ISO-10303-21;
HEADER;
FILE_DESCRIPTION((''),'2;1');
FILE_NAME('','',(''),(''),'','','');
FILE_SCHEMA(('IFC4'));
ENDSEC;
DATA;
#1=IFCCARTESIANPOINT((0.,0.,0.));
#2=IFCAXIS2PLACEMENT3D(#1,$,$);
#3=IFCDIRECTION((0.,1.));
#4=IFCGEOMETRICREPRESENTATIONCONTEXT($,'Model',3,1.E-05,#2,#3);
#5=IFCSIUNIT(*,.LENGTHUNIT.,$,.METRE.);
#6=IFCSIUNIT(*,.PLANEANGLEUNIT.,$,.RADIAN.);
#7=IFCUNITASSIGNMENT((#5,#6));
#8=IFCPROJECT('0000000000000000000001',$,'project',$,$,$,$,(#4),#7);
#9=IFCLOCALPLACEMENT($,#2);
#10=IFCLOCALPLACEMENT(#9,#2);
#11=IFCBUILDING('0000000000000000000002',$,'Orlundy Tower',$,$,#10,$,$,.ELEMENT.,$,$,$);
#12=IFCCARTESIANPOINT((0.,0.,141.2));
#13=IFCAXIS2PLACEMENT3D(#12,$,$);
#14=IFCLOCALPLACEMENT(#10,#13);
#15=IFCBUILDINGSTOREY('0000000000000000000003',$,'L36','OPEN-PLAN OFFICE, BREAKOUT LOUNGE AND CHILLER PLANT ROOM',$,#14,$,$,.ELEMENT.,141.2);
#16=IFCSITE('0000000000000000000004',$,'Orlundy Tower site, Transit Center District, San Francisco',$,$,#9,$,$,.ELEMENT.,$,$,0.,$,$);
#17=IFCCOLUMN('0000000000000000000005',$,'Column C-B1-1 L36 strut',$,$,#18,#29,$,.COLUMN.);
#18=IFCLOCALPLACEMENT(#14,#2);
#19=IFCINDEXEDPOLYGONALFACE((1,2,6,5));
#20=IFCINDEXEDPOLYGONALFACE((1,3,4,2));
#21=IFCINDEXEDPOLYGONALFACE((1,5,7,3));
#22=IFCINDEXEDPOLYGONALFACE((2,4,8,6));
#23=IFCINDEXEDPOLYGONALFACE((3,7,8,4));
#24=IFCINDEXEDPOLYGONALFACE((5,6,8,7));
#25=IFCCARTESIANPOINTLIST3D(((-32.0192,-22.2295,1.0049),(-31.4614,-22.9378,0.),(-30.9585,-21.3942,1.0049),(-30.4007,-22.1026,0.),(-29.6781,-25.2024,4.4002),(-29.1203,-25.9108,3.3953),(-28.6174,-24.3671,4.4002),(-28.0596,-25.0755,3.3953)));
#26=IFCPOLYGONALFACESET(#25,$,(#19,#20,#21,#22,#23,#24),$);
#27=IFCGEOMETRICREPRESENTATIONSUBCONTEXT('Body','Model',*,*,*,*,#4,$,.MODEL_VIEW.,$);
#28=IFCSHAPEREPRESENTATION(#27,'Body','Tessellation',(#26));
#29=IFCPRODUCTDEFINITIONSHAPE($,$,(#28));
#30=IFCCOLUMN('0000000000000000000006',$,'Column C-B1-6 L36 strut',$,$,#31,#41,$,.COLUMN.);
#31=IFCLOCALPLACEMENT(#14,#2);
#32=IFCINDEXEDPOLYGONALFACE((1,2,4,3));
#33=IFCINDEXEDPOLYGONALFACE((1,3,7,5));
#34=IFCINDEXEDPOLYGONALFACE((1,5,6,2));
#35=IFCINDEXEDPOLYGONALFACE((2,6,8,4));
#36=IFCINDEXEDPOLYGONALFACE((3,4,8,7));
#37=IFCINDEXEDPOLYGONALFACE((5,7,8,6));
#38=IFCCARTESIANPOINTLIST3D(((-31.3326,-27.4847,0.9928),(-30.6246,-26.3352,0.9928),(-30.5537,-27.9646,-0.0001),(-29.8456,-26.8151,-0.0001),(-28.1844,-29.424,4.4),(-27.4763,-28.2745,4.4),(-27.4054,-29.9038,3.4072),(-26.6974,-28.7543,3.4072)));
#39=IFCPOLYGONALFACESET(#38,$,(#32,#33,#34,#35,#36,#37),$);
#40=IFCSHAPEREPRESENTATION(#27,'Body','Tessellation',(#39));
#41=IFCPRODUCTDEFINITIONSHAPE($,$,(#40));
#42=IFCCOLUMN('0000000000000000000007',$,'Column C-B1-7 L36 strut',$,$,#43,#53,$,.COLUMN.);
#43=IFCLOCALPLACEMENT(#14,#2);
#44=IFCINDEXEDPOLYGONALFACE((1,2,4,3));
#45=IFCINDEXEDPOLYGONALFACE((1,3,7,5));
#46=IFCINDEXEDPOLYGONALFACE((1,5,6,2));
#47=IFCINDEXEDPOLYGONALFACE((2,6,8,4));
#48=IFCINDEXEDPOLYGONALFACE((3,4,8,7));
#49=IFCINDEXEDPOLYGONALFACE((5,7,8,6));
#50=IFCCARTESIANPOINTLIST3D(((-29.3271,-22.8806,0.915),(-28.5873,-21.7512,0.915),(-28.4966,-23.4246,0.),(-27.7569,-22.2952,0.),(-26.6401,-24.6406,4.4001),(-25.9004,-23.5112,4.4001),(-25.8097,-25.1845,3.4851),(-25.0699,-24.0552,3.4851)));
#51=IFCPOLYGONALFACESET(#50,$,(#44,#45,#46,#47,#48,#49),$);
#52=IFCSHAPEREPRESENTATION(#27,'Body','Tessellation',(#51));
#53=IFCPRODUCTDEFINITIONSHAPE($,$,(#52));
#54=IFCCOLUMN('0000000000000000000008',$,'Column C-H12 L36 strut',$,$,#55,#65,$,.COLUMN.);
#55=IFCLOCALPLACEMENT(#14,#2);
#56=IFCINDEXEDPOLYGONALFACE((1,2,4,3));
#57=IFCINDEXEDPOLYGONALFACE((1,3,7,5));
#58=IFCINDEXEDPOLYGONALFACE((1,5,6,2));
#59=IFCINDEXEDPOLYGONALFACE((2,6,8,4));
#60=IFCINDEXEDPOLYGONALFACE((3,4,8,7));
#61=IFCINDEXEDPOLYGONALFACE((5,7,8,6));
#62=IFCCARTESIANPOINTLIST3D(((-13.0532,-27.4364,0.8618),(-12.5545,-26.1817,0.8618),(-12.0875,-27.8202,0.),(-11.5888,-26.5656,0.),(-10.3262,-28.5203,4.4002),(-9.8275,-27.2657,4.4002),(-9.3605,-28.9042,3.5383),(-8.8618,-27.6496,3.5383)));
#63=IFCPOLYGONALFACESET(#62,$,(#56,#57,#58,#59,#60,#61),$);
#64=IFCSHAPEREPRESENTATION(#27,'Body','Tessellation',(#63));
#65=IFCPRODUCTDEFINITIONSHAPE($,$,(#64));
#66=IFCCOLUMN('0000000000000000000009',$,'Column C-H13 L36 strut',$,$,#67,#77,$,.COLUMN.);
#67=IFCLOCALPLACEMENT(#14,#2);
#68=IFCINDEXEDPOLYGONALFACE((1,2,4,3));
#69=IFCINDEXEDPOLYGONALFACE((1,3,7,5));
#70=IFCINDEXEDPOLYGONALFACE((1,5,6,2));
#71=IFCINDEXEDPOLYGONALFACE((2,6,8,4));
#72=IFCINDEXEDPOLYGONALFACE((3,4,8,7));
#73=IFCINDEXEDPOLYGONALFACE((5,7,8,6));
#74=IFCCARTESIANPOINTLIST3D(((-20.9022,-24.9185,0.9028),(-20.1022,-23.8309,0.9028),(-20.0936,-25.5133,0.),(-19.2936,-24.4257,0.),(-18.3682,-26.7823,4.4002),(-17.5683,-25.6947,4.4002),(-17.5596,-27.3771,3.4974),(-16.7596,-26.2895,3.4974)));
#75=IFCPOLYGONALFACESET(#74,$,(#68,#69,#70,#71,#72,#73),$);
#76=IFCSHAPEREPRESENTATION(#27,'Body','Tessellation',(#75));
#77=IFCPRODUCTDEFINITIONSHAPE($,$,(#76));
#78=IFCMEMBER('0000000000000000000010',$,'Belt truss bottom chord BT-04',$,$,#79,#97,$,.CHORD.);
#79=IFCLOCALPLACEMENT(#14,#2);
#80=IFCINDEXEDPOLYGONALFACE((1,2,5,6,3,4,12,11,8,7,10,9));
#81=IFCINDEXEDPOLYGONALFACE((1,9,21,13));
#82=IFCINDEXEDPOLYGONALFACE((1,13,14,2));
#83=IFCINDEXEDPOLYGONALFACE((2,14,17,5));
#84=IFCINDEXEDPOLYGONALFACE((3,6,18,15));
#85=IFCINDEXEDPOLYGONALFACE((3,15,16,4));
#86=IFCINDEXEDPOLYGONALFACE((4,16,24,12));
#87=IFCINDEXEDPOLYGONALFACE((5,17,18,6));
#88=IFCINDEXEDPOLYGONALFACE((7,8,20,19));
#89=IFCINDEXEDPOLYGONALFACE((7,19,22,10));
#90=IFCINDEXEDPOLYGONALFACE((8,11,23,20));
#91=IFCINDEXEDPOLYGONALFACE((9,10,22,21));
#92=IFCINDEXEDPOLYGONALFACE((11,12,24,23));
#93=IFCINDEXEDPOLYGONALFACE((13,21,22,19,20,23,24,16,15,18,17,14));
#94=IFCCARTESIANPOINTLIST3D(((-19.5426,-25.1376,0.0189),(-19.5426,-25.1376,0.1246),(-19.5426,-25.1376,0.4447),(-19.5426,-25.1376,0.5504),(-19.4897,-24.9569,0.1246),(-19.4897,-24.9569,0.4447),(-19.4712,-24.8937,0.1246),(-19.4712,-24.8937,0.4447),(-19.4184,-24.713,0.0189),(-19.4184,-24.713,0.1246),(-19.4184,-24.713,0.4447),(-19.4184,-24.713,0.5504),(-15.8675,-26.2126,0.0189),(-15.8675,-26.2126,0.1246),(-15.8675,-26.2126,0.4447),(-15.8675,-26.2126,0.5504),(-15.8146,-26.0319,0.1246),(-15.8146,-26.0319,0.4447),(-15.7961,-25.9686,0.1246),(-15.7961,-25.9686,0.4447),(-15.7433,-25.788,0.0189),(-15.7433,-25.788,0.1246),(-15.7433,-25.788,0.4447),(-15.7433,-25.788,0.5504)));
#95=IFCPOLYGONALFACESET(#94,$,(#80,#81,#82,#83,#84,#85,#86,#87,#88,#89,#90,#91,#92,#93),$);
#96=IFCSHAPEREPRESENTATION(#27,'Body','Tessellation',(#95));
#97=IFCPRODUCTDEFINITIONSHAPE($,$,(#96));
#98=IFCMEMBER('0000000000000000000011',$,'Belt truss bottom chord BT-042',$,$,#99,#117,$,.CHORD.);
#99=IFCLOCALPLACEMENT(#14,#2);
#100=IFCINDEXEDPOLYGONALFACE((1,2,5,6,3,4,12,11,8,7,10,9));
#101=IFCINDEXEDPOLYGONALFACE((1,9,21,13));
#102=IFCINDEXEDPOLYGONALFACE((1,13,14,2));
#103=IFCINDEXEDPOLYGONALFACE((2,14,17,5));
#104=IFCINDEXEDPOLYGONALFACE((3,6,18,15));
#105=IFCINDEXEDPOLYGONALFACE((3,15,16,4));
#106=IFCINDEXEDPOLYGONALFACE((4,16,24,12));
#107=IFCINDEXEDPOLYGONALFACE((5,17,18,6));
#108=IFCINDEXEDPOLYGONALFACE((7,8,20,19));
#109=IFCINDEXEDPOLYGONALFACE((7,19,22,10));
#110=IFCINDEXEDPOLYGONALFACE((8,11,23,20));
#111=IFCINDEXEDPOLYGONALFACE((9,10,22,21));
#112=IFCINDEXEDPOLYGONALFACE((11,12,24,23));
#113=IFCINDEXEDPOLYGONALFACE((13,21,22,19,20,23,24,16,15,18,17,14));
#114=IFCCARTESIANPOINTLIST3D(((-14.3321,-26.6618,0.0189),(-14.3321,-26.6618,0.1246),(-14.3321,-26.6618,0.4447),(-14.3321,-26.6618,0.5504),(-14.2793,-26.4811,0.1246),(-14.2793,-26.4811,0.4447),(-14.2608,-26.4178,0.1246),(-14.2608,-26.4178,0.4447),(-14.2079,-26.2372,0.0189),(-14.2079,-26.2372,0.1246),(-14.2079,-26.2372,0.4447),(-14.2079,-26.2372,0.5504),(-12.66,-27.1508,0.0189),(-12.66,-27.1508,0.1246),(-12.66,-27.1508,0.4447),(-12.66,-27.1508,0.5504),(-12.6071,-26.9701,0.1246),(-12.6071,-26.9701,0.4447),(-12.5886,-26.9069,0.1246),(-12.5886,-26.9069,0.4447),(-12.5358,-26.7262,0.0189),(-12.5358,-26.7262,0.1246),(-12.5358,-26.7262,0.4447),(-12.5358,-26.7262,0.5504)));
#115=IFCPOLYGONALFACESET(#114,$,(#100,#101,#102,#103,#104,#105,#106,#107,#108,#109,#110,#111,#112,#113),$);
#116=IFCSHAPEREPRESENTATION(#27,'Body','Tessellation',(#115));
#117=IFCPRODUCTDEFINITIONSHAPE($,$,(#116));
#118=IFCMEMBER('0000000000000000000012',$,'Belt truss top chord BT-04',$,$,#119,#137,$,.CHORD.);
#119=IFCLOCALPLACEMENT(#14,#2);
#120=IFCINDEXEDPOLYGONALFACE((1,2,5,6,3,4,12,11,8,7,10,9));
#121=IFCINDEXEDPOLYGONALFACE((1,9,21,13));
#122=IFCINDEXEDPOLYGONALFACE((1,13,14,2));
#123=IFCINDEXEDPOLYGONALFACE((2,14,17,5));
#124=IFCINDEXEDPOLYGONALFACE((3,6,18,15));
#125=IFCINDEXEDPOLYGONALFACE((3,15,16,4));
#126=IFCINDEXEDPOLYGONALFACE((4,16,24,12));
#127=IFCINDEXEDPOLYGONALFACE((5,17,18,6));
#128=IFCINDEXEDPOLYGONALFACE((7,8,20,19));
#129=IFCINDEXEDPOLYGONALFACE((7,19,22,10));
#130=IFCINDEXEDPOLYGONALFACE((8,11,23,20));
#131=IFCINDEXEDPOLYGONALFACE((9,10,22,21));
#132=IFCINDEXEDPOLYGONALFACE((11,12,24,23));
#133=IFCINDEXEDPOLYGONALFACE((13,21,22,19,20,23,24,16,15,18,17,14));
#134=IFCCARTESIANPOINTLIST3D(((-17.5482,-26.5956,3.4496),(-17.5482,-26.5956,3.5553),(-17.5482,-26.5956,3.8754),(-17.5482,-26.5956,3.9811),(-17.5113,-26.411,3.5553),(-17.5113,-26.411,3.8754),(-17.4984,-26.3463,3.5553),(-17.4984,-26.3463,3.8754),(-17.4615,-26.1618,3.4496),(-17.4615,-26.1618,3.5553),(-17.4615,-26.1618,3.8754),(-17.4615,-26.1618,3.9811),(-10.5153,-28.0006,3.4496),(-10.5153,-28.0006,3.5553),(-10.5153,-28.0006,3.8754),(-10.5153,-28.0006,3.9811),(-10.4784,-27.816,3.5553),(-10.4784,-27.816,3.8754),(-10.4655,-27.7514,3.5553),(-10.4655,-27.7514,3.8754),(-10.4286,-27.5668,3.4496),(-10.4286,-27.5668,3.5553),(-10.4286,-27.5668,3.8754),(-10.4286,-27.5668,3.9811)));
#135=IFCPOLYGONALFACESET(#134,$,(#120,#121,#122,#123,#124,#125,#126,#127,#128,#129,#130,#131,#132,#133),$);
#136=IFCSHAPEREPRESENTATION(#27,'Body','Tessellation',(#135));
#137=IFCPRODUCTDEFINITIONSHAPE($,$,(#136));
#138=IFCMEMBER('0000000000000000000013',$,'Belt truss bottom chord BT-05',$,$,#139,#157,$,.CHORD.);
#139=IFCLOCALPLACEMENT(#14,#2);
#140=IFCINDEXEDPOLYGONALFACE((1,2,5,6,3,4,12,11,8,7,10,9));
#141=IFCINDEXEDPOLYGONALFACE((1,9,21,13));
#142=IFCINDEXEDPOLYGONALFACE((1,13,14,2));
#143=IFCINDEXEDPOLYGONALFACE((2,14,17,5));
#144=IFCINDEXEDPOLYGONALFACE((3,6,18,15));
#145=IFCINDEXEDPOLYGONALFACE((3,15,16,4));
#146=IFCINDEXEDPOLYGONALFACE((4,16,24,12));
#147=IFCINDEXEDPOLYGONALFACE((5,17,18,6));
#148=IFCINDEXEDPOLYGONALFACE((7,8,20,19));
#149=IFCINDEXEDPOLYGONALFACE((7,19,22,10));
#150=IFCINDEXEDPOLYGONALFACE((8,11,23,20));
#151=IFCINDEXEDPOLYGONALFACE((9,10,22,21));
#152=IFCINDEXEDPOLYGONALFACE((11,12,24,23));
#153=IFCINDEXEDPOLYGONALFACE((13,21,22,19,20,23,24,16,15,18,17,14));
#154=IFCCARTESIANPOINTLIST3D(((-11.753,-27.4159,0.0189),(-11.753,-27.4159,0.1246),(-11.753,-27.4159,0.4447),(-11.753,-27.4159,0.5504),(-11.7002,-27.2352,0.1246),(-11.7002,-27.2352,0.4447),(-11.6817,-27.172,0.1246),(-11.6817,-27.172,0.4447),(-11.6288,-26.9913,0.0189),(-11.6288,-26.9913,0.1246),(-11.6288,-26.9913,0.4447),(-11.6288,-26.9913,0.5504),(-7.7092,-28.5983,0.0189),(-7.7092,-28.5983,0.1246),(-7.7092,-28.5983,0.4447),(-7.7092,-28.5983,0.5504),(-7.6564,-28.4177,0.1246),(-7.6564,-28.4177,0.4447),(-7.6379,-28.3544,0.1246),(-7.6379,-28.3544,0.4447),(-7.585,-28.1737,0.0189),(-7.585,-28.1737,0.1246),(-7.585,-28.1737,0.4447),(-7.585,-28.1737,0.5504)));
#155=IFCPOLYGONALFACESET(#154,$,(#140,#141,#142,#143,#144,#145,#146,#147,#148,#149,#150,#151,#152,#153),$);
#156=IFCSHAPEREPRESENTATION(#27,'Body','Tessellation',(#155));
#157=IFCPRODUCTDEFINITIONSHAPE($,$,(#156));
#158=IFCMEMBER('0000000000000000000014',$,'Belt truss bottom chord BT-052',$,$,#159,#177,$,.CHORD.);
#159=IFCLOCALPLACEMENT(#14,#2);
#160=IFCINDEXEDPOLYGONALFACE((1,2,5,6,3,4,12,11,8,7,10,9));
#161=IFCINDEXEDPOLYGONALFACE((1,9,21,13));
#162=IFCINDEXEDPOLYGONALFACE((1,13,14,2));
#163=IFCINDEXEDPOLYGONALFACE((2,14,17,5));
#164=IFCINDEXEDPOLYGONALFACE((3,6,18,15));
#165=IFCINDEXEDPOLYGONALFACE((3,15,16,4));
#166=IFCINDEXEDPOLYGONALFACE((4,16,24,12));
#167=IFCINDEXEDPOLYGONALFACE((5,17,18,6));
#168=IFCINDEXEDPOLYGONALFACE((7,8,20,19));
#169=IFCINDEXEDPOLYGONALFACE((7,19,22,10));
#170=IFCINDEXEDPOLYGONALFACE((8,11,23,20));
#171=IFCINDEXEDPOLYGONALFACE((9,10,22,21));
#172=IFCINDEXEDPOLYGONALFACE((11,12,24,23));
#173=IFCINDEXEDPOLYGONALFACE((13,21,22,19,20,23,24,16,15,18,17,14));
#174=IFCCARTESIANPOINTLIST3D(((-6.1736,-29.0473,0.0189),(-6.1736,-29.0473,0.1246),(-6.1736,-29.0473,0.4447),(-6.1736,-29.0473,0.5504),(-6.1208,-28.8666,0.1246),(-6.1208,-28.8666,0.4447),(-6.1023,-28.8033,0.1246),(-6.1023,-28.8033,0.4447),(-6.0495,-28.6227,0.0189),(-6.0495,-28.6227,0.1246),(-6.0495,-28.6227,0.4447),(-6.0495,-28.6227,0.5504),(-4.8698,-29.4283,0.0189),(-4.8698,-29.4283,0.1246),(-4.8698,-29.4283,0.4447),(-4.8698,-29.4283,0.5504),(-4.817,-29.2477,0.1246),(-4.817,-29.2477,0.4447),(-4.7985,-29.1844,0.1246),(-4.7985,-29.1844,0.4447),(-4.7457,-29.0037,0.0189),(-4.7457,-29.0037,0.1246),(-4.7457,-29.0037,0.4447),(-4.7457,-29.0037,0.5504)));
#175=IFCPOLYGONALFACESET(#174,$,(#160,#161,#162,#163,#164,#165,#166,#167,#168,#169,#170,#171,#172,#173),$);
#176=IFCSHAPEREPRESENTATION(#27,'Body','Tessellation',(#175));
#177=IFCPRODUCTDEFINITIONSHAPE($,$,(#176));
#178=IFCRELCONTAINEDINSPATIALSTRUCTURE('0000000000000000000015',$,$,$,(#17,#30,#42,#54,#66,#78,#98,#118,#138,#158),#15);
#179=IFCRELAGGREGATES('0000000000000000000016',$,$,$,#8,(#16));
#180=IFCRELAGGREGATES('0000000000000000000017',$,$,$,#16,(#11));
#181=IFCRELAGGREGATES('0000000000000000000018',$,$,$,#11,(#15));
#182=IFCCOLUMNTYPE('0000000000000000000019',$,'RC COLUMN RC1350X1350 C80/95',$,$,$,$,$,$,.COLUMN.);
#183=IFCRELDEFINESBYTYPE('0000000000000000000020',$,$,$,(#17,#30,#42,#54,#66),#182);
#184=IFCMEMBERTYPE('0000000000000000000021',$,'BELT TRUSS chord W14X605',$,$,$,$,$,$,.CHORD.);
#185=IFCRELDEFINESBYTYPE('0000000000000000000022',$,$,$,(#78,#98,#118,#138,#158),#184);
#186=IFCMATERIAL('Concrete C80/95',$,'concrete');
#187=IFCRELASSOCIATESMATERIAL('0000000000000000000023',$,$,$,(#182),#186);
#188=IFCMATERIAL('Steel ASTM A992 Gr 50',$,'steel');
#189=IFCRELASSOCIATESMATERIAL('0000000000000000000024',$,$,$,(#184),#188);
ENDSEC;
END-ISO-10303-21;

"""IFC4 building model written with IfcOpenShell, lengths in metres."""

from ifc_helpers import new_model, si_unit, direction, frame, origin, origin_2d, place, context, subcontext, project, spatial, rectangle, i_section, extrude, material, material_profile, profile_set, type_object, element, save


model = new_model("IFC4")

# Units and contexts
model_context = context("Model", 3, precision=1e-05, world=origin(), true_north=direction((0.0, 1.0)))
body_context = subcontext(model_context, "Body", "Model", "MODEL_VIEW")
ifc_project = project(units=[si_unit("LENGTHUNIT", "METRE"), si_unit("PLANEANGLEUNIT", "RADIAN")], contexts=[model_context])

# Site, building, storey
site_placement = place(None, origin())
site = spatial("IfcSite", under=ifc_project, at=site_placement, Name="Orlundy Tower site, Transit Center District, San Francisco", CompositionType="ELEMENT", RefElevation=0.0)
building_placement = place(site_placement, origin())
building = spatial("IfcBuilding", under=site, at=building_placement, Name="Orlundy Tower", CompositionType="ELEMENT")
storey_placement = place(building_placement, frame((0.0, 0.0, 141.2)))
storey = spatial("IfcBuildingStorey", under=building, at=storey_placement, Name="L36", Description="OPEN-PLAN OFFICE, BREAKOUT LOUNGE AND CHILLER PLANT ROOM", CompositionType="ELEMENT", Elevation=141.2)

# Columns
ifc_material_1 = material(Name="Concrete C80/95", Category="concrete")
ifc_material_profile_1 = material_profile(ifc_material_1, rectangle(XDim=1.3501, YDim=1.3501, at=origin_2d()), Name="RC1350X1350")
ifc_profile_set_1 = profile_set([ifc_material_profile_1], Name="Concrete C80/95")
column_type = type_object("IfcColumnType", Name="RC COLUMN RC1350X1350 C80/95", PredefinedType="COLUMN", material=ifc_profile_set_1)
column_1_placement = place(storey_placement, frame((-31.21, -22.166, 0.5024), z_axis=(0.460482, -0.584762, 0.66784), x_axis=(0.785648, 0.618673, 0.0)))
element("IfcColumn", 1, at=column_1_placement, inside=storey, type_object=column_type, Name="Column C-B1-1 L36 strut", PredefinedType="COLUMN", context=body_context, shape_type="SweptSolid", body=[
    extrude(rectangle(XDim=1.3501, YDim=1.3501, at=origin_2d()), origin(), (0.0, 0.0, 1.0), 5.084),
])
column_2_placement = place(storey_placement, frame((-30.5891, -27.1499, 0.4963), z_axis=(0.626132, -0.385682, 0.67765), x_axis=(0.524462, 0.851434, 0.0)))
element("IfcColumn", 2, at=column_2_placement, inside=storey, type_object=column_type, Name="Column C-B1-6 L36 strut", PredefinedType="COLUMN", context=body_context, shape_type="SweptSolid", body=[
    extrude(rectangle(XDim=1.3501, YDim=1.3501, at=origin_2d()), origin(), (0.0, 0.0, 1.0), 5.0281),
])
column_3_placement = place(storey_placement, frame((-28.542, -22.5879, 0.4575), z_axis=(0.56693, -0.371343, 0.73532), x_axis=(0.547929, 0.836525, 0.0)))
element("IfcColumn", 3, at=column_3_placement, inside=storey, type_object=column_type, Name="Column C-B1-7 L36 strut", PredefinedType="COLUMN", context=body_context, shape_type="SweptSolid", body=[
    extrude(rectangle(XDim=1.3501, YDim=1.3501, at=origin_2d()), origin(), (0.0, 0.0, 1.0), 4.7395),
])
column_4_placement = place(storey_placement, frame((-12.321, -27.001, 0.4309), z_axis=(0.593235, -0.235807, 0.769719), x_axis=(0.369382, 0.929278, 0.0)))
element("IfcColumn", 4, at=column_4_placement, inside=storey, type_object=column_type, Name="Column C-H12 L36 strut", PredefinedType="COLUMN", context=body_context, shape_type="SweptSolid", body=[
    extrude(rectangle(XDim=1.3501, YDim=1.3501, at=origin_2d()), origin(), (0.0, 0.0, 1.0), 4.5969),
])
column_5_placement = place(storey_placement, frame((-20.0979, -24.6721, 0.4514), z_axis=(0.5387, -0.396227, 0.743509), x_axis=(0.59251, 0.805563, 0.0)))
element("IfcColumn", 5, at=column_5_placement, inside=storey, type_object=column_type, Name="Column C-H13 L36 strut", PredefinedType="COLUMN", context=body_context, shape_type="SweptSolid", body=[
    extrude(rectangle(XDim=1.3501, YDim=1.3501, at=origin_2d()), origin(), (0.0, 0.0, 1.0), 4.7039),
])

# Members
ifc_material_2 = material(Name="Steel ASTM A992 Gr 50", Category="steel")
ifc_material_profile_2 = material_profile(ifc_material_2, i_section(OverallWidth=0.4424, OverallDepth=0.5315, WebThickness=0.0659, FlangeThickness=0.1057, at=origin_2d()), Name="W14X605")
ifc_profile_set_2 = profile_set([ifc_material_profile_2], Name="Steel ASTM A992 Gr 50")
member_type_1 = type_object("IfcMemberType", Name="BELT TRUSS chord W14X605", PredefinedType="CHORD", material=ifc_profile_set_2)
member_1_placement = place(storey_placement, frame((-19.4805, -24.9253, 0.2847), z_axis=(0.959785, -0.280737, 0.0), x_axis=(0.280737, 0.959785, 0.0)))
element("IfcMember", 6, at=member_1_placement, inside=storey, type_object=member_type_1, Name="Belt truss bottom chord BT-04", PredefinedType="CHORD", context=body_context, shape_type="SweptSolid", body=[
    extrude(i_section(OverallWidth=0.4424, OverallDepth=0.5315, WebThickness=0.0659, FlangeThickness=0.1057, at=origin_2d()), origin(), (0.0, 0.0, 1.0), 3.8291),
])
member_2_placement = place(storey_placement, frame((-14.27, -26.4495, 0.2847), z_axis=(0.959797, -0.280694, 0.0), x_axis=(0.280694, 0.959797, 0.0)))
element("IfcMember", 7, at=member_2_placement, inside=storey, type_object=member_type_1, Name="Belt truss bottom chord BT-042", PredefinedType="CHORD", context=body_context, shape_type="SweptSolid", body=[
    extrude(i_section(OverallWidth=0.4424, OverallDepth=0.5315, WebThickness=0.0659, FlangeThickness=0.1057, at=origin_2d()), origin(), (0.0, 0.0, 1.0), 1.7422),
])
member_3_placement = place(storey_placement, frame((-17.5049, -26.3787, 3.7153), z_axis=(0.980623, -0.195907, 0.0), x_axis=(0.195907, 0.980623, 0.0)))
element("IfcMember", 8, at=member_3_placement, inside=storey, type_object=member_type_1, Name="Belt truss top chord BT-04", PredefinedType="CHORD", context=body_context, shape_type="SweptSolid", body=[
    extrude(i_section(OverallWidth=0.4424, OverallDepth=0.5315, WebThickness=0.0659, FlangeThickness=0.1057, at=origin_2d()), origin(), (0.0, 0.0, 1.0), 7.1719),
])
member_4_placement = place(storey_placement, frame((-11.6909, -27.2036, 0.2847), z_axis=(0.959811, -0.280647, 0.0), x_axis=(0.280647, 0.959811, 0.0)))
element("IfcMember", 9, at=member_4_placement, inside=storey, type_object=member_type_1, Name="Belt truss bottom chord BT-05", PredefinedType="CHORD", context=body_context, shape_type="SweptSolid", body=[
    extrude(i_section(OverallWidth=0.4424, OverallDepth=0.5315, WebThickness=0.0659, FlangeThickness=0.1057, at=origin_2d()), origin(), (0.0, 0.0, 1.0), 4.2131),
])
member_5_placement = place(storey_placement, frame((-6.1116, -28.835, 0.2847), z_axis=(0.959845, -0.280531, 0.0), x_axis=(0.280531, 0.959845, 0.0)))
element("IfcMember", 10, at=member_5_placement, inside=storey, type_object=member_type_1, Name="Belt truss bottom chord BT-052", PredefinedType="CHORD", context=body_context, shape_type="SweptSolid", body=[
    extrude(i_section(OverallWidth=0.4424, OverallDepth=0.5315, WebThickness=0.0659, FlangeThickness=0.1057, at=origin_2d()), origin(), (0.0, 0.0, 1.0), 1.3584),
])

save(model, "model.ifc")
